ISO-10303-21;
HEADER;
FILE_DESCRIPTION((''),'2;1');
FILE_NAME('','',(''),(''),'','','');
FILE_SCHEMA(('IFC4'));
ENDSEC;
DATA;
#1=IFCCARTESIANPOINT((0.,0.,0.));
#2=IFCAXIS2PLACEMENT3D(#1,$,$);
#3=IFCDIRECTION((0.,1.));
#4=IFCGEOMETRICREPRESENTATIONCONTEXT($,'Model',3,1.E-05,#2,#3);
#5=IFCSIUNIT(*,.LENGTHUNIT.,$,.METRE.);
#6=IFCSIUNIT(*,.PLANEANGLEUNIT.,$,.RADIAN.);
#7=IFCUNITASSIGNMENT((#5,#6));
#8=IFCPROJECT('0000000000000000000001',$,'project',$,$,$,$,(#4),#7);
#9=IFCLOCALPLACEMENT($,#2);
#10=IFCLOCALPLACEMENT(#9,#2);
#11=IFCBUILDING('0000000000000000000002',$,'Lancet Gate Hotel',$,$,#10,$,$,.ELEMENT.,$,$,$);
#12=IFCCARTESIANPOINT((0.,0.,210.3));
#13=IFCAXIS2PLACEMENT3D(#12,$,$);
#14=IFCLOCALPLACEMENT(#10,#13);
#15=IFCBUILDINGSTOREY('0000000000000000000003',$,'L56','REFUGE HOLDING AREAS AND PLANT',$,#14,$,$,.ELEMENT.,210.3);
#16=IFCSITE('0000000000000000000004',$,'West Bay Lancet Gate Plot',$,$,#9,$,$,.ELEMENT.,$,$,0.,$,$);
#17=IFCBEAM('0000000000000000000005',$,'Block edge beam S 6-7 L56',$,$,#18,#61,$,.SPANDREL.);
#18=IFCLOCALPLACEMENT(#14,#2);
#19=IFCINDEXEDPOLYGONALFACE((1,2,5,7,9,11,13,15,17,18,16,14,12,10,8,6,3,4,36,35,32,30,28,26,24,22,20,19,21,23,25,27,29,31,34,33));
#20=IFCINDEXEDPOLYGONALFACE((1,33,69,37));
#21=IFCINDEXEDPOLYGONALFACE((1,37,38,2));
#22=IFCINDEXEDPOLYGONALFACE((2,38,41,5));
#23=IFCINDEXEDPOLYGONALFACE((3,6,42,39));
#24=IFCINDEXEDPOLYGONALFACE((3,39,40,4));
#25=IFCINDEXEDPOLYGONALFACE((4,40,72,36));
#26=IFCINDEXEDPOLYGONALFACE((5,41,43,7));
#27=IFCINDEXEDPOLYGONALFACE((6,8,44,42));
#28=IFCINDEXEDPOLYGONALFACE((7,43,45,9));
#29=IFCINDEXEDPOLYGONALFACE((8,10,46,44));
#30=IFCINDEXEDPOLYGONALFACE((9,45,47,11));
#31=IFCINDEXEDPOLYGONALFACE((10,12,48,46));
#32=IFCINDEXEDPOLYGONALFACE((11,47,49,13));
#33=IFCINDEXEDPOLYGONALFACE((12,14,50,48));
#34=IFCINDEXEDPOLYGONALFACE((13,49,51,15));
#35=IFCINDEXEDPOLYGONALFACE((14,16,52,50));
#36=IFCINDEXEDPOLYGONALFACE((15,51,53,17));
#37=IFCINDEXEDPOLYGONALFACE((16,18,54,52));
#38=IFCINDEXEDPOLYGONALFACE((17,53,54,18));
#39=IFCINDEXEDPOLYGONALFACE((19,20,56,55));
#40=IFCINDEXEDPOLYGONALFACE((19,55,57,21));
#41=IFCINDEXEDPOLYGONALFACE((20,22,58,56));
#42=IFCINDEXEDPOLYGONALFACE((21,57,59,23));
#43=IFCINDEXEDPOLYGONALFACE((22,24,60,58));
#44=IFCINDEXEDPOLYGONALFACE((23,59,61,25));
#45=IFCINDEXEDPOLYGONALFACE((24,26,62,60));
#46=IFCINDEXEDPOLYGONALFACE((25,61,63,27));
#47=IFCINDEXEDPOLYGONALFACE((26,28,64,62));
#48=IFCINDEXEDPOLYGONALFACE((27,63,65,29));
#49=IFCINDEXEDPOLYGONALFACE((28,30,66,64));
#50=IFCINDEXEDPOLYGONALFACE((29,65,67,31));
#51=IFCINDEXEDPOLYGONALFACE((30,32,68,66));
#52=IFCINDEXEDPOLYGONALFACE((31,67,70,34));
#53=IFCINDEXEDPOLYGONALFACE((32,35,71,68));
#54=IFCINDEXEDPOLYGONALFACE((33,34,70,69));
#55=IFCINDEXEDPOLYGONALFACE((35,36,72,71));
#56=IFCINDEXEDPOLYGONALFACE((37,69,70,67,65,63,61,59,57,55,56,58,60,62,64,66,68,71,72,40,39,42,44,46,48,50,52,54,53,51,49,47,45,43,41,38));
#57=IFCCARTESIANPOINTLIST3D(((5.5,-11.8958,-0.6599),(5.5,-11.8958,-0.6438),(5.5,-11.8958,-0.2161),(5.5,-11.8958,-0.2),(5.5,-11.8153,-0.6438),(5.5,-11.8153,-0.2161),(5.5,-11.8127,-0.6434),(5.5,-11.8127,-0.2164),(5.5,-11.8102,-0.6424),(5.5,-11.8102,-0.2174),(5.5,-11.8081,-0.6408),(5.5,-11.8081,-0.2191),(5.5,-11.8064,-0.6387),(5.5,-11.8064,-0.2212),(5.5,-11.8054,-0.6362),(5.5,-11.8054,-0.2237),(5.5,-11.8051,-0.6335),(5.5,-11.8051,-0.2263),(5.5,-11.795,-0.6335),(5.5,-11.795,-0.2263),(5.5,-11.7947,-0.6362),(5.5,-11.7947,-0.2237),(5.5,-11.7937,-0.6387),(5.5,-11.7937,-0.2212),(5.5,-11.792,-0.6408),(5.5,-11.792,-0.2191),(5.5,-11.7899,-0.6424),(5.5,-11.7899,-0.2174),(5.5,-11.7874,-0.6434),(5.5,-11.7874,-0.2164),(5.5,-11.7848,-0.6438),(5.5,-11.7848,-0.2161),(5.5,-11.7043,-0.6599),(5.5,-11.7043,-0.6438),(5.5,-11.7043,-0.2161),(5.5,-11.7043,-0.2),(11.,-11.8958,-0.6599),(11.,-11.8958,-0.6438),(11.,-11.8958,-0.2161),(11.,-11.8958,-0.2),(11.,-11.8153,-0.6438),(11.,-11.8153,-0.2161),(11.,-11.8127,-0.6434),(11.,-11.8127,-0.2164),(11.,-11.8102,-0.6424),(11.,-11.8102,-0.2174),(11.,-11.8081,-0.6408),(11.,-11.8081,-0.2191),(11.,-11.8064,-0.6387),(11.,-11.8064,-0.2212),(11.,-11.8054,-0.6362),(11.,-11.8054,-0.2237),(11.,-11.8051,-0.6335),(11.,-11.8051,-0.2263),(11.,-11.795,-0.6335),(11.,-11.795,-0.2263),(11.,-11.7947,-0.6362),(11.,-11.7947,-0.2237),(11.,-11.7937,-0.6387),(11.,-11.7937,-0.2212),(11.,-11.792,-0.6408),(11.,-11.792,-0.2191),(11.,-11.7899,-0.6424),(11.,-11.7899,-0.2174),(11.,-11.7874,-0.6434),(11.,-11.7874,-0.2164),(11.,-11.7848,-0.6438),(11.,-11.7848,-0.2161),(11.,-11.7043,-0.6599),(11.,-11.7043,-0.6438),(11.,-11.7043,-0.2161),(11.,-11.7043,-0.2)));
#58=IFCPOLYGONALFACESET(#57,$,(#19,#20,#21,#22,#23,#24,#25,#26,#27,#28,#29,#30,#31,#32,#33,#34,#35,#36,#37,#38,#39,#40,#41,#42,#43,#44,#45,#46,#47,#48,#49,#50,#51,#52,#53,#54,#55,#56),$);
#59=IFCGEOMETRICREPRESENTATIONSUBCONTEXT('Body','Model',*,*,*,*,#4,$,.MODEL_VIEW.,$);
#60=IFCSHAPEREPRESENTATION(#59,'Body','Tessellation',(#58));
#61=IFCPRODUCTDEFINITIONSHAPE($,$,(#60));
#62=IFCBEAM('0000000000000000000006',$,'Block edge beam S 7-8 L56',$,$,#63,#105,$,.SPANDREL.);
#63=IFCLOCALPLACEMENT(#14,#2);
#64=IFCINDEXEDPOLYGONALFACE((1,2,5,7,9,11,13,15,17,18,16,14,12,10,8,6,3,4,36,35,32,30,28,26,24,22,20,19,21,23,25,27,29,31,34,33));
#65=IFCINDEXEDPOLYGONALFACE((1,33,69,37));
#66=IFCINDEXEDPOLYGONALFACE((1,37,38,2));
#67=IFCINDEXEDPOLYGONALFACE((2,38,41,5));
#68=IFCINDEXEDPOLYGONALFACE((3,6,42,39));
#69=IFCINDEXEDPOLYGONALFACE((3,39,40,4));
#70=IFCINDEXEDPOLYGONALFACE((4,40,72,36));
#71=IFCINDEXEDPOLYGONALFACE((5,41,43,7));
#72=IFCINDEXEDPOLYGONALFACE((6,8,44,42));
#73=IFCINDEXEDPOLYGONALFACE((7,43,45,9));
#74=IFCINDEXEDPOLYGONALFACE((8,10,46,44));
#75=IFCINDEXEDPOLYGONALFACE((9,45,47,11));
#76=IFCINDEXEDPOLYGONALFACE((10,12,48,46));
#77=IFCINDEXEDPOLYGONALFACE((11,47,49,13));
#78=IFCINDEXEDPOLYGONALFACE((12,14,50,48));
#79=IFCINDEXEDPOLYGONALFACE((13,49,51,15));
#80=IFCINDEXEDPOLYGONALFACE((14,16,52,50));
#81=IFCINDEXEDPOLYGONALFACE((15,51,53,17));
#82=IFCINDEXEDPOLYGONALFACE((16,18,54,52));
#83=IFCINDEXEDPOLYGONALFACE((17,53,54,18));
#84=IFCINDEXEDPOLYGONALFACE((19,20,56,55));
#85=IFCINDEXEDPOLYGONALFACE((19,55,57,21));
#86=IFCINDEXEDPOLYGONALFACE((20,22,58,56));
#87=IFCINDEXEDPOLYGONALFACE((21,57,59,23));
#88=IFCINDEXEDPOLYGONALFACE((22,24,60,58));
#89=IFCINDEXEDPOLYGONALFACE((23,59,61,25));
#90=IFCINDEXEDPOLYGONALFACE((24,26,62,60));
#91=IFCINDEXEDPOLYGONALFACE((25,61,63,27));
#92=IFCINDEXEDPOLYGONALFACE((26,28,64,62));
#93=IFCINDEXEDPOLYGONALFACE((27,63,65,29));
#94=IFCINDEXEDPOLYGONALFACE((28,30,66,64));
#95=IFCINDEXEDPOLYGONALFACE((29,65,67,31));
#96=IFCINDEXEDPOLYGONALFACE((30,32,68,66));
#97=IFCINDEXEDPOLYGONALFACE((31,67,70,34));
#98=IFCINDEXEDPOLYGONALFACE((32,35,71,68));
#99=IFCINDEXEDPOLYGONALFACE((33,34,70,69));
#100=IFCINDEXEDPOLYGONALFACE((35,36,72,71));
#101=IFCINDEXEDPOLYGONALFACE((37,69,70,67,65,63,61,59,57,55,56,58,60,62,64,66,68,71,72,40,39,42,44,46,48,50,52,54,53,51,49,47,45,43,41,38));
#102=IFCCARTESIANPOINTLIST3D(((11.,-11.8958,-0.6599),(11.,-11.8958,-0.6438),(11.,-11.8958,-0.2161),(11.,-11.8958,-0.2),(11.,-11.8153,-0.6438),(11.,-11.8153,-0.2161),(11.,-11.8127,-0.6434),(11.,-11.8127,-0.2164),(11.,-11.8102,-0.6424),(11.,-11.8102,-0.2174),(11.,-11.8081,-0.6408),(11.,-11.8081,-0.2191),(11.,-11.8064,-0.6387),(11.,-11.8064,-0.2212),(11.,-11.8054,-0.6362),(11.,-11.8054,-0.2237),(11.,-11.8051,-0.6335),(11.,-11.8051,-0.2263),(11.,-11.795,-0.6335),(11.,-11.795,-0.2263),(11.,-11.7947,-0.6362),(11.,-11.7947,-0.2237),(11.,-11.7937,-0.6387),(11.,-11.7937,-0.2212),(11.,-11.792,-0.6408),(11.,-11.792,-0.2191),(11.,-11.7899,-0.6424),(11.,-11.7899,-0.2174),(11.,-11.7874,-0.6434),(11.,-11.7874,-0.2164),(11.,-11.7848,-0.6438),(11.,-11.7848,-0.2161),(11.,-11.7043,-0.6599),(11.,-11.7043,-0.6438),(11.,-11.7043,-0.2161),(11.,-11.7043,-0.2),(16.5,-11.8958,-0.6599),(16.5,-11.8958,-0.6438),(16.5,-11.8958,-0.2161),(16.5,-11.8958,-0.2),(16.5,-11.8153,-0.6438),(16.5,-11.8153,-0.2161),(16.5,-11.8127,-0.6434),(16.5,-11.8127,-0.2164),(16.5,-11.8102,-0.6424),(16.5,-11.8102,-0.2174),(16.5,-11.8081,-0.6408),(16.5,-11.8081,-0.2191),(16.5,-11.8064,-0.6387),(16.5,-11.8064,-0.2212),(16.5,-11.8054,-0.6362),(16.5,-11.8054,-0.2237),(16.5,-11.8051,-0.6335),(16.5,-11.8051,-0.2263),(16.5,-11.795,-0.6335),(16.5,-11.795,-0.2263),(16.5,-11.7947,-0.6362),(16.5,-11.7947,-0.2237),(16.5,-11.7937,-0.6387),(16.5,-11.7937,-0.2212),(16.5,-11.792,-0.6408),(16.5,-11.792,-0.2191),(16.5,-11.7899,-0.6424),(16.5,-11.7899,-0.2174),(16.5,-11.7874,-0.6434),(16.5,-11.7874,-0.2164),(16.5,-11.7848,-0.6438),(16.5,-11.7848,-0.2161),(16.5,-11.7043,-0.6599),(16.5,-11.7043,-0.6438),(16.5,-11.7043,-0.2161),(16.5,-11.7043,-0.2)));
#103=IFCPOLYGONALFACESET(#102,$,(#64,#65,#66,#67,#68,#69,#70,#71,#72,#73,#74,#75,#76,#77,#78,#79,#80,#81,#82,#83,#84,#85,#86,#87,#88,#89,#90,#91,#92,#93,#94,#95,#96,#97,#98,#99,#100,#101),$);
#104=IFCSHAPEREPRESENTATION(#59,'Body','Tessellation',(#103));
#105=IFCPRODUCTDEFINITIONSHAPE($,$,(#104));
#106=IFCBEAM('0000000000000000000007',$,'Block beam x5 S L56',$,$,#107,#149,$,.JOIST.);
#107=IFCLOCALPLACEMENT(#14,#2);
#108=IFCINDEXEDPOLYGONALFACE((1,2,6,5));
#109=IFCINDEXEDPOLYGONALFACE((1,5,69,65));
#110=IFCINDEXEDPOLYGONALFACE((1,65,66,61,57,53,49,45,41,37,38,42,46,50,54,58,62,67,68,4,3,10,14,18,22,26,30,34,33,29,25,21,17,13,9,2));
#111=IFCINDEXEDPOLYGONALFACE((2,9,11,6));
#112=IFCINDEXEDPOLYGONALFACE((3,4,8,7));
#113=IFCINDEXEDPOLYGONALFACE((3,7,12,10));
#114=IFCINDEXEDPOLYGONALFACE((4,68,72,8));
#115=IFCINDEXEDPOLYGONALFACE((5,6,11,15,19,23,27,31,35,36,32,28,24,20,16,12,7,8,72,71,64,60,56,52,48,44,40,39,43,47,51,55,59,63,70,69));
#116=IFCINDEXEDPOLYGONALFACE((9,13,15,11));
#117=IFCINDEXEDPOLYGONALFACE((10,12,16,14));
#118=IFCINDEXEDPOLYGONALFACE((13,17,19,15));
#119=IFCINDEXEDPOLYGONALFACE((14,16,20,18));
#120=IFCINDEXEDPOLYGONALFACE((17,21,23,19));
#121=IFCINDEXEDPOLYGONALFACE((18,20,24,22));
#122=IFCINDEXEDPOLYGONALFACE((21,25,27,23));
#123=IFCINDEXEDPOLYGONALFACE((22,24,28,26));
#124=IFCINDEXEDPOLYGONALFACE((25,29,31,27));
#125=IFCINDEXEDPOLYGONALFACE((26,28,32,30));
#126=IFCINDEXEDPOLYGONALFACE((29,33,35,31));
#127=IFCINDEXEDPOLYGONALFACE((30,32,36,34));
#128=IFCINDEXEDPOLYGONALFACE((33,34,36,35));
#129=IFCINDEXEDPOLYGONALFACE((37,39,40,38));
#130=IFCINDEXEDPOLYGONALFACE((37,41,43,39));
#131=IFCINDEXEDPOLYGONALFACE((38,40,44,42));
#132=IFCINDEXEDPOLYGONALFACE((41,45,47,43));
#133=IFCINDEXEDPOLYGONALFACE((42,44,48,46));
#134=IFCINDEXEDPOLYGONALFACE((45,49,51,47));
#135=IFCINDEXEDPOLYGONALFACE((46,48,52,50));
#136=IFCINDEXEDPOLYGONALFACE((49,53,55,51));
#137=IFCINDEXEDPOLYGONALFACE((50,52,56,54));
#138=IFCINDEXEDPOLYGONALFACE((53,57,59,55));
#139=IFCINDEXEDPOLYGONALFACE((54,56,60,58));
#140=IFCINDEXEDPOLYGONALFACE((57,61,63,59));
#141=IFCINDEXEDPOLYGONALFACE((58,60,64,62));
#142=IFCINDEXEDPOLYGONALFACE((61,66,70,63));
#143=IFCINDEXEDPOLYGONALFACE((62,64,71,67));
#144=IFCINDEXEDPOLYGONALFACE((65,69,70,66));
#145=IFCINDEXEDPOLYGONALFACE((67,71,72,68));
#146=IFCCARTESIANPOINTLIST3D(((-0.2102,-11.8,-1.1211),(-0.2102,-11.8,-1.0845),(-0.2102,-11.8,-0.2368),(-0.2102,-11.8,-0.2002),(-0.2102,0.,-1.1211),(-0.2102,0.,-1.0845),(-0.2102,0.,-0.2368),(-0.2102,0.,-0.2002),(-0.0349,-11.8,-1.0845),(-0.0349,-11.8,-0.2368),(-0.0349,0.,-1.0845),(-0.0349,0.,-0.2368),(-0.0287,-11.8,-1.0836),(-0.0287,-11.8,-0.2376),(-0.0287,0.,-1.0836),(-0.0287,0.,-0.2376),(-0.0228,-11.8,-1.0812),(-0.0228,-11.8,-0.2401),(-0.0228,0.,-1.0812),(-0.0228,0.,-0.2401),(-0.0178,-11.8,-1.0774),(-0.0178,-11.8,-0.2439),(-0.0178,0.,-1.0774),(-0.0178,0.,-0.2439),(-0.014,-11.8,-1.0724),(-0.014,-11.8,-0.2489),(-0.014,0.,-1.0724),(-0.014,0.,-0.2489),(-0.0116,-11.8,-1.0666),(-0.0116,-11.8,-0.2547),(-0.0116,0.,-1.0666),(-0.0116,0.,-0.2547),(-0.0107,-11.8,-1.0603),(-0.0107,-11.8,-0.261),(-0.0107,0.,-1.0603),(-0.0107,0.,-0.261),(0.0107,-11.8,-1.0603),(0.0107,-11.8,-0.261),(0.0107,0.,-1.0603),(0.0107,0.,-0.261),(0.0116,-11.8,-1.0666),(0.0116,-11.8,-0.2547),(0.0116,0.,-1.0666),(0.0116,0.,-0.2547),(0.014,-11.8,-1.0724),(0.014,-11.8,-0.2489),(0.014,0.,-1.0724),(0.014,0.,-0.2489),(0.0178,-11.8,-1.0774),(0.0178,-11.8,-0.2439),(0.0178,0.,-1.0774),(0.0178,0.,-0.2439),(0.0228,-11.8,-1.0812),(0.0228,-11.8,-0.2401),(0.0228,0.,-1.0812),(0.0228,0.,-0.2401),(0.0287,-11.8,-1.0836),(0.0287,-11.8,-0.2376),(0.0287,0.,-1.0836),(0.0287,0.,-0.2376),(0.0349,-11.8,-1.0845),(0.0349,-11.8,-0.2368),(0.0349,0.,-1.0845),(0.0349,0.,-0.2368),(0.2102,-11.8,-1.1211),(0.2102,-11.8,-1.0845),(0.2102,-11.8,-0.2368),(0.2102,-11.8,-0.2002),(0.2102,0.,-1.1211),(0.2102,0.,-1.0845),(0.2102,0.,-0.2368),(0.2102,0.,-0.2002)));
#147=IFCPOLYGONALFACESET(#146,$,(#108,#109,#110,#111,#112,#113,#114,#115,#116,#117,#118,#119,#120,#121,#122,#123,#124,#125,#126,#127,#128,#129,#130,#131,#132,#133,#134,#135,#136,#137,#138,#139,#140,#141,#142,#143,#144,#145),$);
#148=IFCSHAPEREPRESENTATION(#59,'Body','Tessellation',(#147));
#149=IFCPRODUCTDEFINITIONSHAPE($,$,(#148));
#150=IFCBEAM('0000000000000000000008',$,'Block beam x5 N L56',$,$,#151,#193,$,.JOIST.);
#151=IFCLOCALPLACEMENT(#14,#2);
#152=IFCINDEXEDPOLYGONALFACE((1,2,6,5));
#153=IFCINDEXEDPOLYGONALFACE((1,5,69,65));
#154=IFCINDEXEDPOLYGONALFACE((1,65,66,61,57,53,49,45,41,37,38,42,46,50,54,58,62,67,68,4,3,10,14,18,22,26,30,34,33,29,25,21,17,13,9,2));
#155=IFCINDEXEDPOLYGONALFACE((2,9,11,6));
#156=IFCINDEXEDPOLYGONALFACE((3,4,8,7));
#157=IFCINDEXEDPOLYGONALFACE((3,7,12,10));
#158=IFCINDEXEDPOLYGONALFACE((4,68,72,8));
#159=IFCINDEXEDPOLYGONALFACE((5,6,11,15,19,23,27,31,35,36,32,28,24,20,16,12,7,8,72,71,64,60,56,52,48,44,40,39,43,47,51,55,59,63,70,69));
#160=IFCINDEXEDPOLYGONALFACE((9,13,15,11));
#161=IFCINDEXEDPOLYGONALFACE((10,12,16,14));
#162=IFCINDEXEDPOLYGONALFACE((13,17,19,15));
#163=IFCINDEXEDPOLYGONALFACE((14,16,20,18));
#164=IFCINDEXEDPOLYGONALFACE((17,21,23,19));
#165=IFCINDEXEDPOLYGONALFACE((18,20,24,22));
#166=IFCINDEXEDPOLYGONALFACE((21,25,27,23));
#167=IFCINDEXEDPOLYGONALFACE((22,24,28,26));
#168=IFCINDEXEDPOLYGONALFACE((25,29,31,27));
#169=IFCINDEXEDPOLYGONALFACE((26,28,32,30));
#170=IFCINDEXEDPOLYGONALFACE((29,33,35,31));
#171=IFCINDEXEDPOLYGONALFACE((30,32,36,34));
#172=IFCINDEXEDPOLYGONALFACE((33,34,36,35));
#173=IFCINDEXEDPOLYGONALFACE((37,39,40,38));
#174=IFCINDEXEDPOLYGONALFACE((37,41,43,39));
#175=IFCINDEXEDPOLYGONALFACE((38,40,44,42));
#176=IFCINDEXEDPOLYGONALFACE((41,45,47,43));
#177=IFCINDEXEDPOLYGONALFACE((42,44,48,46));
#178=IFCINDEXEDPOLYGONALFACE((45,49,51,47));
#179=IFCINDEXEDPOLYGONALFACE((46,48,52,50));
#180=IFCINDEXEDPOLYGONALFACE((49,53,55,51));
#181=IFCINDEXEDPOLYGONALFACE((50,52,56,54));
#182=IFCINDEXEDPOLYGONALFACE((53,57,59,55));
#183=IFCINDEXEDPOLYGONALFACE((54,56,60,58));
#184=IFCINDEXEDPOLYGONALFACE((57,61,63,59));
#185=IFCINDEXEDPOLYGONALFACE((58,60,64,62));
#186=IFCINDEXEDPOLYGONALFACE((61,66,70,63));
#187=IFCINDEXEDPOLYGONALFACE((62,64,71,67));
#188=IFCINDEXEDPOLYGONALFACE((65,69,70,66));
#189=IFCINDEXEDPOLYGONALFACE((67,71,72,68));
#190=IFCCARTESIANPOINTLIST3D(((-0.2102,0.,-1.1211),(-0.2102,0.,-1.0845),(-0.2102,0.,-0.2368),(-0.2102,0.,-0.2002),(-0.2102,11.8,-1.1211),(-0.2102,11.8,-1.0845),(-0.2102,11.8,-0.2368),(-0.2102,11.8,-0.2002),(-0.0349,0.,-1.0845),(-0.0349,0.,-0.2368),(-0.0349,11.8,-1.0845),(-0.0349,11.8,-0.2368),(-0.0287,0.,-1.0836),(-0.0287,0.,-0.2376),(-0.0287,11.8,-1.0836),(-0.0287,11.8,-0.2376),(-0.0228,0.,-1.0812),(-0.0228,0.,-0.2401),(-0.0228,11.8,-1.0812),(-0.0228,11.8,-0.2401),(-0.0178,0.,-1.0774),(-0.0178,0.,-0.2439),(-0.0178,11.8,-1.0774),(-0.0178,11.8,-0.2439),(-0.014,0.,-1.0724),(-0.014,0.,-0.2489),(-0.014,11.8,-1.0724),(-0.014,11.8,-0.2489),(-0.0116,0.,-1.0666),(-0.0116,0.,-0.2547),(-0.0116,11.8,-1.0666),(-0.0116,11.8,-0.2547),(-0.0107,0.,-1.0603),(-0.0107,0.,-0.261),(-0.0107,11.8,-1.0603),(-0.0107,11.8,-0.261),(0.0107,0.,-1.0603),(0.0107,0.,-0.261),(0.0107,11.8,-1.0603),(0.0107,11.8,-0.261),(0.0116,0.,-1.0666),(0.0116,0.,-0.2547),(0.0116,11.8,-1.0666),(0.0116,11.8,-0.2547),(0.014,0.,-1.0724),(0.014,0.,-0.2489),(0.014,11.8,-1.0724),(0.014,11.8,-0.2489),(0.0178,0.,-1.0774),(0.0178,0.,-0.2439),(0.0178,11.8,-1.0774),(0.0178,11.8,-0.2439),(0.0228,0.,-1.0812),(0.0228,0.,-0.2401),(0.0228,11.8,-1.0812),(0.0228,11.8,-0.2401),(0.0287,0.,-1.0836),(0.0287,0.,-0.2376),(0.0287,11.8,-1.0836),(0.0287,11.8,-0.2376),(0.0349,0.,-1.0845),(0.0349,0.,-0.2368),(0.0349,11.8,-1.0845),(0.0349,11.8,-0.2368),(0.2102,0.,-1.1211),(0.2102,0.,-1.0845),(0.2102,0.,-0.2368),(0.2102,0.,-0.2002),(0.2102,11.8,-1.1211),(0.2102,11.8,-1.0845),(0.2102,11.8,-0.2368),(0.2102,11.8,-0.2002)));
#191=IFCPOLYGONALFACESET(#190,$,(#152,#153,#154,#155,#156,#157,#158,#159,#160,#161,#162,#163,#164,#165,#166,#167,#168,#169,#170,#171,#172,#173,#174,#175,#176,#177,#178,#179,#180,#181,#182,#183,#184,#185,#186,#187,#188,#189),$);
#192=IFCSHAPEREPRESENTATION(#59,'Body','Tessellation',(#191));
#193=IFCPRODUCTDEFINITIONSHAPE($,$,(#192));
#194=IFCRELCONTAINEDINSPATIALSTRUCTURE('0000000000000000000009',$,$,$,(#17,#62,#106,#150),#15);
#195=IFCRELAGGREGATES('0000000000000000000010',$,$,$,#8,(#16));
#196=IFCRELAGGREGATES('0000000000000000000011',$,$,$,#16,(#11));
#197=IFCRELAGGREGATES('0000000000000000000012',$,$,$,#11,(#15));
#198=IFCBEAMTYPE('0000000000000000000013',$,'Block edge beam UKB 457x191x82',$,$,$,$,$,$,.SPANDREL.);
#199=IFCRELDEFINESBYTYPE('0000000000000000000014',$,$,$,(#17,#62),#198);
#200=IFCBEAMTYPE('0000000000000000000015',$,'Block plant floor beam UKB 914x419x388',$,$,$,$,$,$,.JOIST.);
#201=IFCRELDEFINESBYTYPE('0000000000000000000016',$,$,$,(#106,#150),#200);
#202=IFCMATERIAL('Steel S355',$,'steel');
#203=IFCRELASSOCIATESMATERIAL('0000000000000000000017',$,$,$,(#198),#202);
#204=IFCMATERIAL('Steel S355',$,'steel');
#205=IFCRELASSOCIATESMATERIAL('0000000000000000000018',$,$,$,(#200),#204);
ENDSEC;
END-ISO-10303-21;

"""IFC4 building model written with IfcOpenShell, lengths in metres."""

from ifc_helpers import new_model, si_unit, direction, frame, origin, origin_2d, place, context, subcontext, project, spatial, i_section, extrude, material, material_profile, profile_set, type_object, element, save


model = new_model("IFC4")

# Units and contexts
model_context = context("Model", 3, precision=1e-05, world=origin(), true_north=direction((0.0, 1.0)))
body_context = subcontext(model_context, "Body", "Model", "MODEL_VIEW")
ifc_project = project(units=[si_unit("LENGTHUNIT", "METRE"), si_unit("PLANEANGLEUNIT", "RADIAN")], contexts=[model_context])

# Site, building, storey
site_placement = place(None, origin())
site = spatial("IfcSite", under=ifc_project, at=site_placement, Name="West Bay Lancet Gate Plot", CompositionType="ELEMENT", RefElevation=0.0)
building_placement = place(site_placement, origin())
building = spatial("IfcBuilding", under=site, at=building_placement, Name="Lancet Gate Hotel", CompositionType="ELEMENT")
storey_placement = place(building_placement, frame((0.0, 0.0, 210.3)))
storey = spatial("IfcBuildingStorey", under=building, at=storey_placement, Name="L56", Description="REFUGE HOLDING AREAS AND PLANT", CompositionType="ELEMENT", Elevation=210.3)

# Beams
ifc_material_1 = material(Name="Steel S355", Category="steel")
ifc_material_profile_1 = material_profile(ifc_material_1, i_section(OverallWidth=0.1914, OverallDepth=0.46, WebThickness=0.01, FlangeThickness=0.0161, FilletRadius=0.0103, at=origin_2d()), Name="UKB 457x191x82")
ifc_profile_set_1 = profile_set([ifc_material_profile_1], Name="Steel S355")
beam_type_1 = type_object("IfcBeamType", Name="Block edge beam UKB 457x191x82", PredefinedType="SPANDREL", material=ifc_profile_set_1)
for number, where, z_axis, x_axis, name in (
    (1, (5.5, -11.8, -0.4299), (1.0, 0.0, 0.0), (0.0, 1.0, 0.0), "Block edge beam S 6-7 L56"),
    (2, (11.0, -11.8, -0.4299), (1.0, 0.0, 0.0), (0.0, 1.0, 0.0), "Block edge beam S 7-8 L56"),
):
    element("IfcBeam", number, at=place(storey_placement, frame(where, z_axis=z_axis, x_axis=x_axis)), inside=storey, type_object=beam_type_1, Name=name, PredefinedType="SPANDREL", context=body_context, shape_type="SweptSolid", body=[
        extrude(i_section(OverallWidth=0.1914, OverallDepth=0.46, WebThickness=0.01, FlangeThickness=0.0161, FilletRadius=0.0103, at=origin_2d()), origin(), (0.0, 0.0, 1.0), 5.5),
    ])
ifc_material_2 = material(Name="Steel S355", Category="steel")
ifc_material_profile_2 = material_profile(ifc_material_2, i_section(OverallWidth=0.4204, OverallDepth=0.9209, WebThickness=0.0215, FlangeThickness=0.0366, FilletRadius=0.0242, at=origin_2d()), Name="UKB 914x419x388")
ifc_profile_set_2 = profile_set([ifc_material_profile_2], Name="Steel S355")
beam_type_2 = type_object("IfcBeamType", Name="Block plant floor beam UKB 914x419x388", PredefinedType="JOIST", material=ifc_profile_set_2)
for number, where, z_axis, x_axis, name in (
    (3, (0.0, -11.8, -0.6606), (0.0, 1.0, 0.0), (-1.0, 0.0, 0.0), "Block beam x5 S L56"),
    (4, (0.0, 0.0, -0.6606), (0.0, 1.0, 0.0), (-1.0, 0.0, 0.0), "Block beam x5 N L56"),
):
    element("IfcBeam", number, at=place(storey_placement, frame(where, z_axis=z_axis, x_axis=x_axis)), inside=storey, type_object=beam_type_2, Name=name, PredefinedType="JOIST", context=body_context, shape_type="SweptSolid", body=[
        extrude(i_section(OverallWidth=0.4204, OverallDepth=0.9209, WebThickness=0.0215, FlangeThickness=0.0366, FilletRadius=0.0242, at=origin_2d()), origin(), (0.0, 0.0, 1.0), 11.8),
    ])

save(model, "model.ifc")
